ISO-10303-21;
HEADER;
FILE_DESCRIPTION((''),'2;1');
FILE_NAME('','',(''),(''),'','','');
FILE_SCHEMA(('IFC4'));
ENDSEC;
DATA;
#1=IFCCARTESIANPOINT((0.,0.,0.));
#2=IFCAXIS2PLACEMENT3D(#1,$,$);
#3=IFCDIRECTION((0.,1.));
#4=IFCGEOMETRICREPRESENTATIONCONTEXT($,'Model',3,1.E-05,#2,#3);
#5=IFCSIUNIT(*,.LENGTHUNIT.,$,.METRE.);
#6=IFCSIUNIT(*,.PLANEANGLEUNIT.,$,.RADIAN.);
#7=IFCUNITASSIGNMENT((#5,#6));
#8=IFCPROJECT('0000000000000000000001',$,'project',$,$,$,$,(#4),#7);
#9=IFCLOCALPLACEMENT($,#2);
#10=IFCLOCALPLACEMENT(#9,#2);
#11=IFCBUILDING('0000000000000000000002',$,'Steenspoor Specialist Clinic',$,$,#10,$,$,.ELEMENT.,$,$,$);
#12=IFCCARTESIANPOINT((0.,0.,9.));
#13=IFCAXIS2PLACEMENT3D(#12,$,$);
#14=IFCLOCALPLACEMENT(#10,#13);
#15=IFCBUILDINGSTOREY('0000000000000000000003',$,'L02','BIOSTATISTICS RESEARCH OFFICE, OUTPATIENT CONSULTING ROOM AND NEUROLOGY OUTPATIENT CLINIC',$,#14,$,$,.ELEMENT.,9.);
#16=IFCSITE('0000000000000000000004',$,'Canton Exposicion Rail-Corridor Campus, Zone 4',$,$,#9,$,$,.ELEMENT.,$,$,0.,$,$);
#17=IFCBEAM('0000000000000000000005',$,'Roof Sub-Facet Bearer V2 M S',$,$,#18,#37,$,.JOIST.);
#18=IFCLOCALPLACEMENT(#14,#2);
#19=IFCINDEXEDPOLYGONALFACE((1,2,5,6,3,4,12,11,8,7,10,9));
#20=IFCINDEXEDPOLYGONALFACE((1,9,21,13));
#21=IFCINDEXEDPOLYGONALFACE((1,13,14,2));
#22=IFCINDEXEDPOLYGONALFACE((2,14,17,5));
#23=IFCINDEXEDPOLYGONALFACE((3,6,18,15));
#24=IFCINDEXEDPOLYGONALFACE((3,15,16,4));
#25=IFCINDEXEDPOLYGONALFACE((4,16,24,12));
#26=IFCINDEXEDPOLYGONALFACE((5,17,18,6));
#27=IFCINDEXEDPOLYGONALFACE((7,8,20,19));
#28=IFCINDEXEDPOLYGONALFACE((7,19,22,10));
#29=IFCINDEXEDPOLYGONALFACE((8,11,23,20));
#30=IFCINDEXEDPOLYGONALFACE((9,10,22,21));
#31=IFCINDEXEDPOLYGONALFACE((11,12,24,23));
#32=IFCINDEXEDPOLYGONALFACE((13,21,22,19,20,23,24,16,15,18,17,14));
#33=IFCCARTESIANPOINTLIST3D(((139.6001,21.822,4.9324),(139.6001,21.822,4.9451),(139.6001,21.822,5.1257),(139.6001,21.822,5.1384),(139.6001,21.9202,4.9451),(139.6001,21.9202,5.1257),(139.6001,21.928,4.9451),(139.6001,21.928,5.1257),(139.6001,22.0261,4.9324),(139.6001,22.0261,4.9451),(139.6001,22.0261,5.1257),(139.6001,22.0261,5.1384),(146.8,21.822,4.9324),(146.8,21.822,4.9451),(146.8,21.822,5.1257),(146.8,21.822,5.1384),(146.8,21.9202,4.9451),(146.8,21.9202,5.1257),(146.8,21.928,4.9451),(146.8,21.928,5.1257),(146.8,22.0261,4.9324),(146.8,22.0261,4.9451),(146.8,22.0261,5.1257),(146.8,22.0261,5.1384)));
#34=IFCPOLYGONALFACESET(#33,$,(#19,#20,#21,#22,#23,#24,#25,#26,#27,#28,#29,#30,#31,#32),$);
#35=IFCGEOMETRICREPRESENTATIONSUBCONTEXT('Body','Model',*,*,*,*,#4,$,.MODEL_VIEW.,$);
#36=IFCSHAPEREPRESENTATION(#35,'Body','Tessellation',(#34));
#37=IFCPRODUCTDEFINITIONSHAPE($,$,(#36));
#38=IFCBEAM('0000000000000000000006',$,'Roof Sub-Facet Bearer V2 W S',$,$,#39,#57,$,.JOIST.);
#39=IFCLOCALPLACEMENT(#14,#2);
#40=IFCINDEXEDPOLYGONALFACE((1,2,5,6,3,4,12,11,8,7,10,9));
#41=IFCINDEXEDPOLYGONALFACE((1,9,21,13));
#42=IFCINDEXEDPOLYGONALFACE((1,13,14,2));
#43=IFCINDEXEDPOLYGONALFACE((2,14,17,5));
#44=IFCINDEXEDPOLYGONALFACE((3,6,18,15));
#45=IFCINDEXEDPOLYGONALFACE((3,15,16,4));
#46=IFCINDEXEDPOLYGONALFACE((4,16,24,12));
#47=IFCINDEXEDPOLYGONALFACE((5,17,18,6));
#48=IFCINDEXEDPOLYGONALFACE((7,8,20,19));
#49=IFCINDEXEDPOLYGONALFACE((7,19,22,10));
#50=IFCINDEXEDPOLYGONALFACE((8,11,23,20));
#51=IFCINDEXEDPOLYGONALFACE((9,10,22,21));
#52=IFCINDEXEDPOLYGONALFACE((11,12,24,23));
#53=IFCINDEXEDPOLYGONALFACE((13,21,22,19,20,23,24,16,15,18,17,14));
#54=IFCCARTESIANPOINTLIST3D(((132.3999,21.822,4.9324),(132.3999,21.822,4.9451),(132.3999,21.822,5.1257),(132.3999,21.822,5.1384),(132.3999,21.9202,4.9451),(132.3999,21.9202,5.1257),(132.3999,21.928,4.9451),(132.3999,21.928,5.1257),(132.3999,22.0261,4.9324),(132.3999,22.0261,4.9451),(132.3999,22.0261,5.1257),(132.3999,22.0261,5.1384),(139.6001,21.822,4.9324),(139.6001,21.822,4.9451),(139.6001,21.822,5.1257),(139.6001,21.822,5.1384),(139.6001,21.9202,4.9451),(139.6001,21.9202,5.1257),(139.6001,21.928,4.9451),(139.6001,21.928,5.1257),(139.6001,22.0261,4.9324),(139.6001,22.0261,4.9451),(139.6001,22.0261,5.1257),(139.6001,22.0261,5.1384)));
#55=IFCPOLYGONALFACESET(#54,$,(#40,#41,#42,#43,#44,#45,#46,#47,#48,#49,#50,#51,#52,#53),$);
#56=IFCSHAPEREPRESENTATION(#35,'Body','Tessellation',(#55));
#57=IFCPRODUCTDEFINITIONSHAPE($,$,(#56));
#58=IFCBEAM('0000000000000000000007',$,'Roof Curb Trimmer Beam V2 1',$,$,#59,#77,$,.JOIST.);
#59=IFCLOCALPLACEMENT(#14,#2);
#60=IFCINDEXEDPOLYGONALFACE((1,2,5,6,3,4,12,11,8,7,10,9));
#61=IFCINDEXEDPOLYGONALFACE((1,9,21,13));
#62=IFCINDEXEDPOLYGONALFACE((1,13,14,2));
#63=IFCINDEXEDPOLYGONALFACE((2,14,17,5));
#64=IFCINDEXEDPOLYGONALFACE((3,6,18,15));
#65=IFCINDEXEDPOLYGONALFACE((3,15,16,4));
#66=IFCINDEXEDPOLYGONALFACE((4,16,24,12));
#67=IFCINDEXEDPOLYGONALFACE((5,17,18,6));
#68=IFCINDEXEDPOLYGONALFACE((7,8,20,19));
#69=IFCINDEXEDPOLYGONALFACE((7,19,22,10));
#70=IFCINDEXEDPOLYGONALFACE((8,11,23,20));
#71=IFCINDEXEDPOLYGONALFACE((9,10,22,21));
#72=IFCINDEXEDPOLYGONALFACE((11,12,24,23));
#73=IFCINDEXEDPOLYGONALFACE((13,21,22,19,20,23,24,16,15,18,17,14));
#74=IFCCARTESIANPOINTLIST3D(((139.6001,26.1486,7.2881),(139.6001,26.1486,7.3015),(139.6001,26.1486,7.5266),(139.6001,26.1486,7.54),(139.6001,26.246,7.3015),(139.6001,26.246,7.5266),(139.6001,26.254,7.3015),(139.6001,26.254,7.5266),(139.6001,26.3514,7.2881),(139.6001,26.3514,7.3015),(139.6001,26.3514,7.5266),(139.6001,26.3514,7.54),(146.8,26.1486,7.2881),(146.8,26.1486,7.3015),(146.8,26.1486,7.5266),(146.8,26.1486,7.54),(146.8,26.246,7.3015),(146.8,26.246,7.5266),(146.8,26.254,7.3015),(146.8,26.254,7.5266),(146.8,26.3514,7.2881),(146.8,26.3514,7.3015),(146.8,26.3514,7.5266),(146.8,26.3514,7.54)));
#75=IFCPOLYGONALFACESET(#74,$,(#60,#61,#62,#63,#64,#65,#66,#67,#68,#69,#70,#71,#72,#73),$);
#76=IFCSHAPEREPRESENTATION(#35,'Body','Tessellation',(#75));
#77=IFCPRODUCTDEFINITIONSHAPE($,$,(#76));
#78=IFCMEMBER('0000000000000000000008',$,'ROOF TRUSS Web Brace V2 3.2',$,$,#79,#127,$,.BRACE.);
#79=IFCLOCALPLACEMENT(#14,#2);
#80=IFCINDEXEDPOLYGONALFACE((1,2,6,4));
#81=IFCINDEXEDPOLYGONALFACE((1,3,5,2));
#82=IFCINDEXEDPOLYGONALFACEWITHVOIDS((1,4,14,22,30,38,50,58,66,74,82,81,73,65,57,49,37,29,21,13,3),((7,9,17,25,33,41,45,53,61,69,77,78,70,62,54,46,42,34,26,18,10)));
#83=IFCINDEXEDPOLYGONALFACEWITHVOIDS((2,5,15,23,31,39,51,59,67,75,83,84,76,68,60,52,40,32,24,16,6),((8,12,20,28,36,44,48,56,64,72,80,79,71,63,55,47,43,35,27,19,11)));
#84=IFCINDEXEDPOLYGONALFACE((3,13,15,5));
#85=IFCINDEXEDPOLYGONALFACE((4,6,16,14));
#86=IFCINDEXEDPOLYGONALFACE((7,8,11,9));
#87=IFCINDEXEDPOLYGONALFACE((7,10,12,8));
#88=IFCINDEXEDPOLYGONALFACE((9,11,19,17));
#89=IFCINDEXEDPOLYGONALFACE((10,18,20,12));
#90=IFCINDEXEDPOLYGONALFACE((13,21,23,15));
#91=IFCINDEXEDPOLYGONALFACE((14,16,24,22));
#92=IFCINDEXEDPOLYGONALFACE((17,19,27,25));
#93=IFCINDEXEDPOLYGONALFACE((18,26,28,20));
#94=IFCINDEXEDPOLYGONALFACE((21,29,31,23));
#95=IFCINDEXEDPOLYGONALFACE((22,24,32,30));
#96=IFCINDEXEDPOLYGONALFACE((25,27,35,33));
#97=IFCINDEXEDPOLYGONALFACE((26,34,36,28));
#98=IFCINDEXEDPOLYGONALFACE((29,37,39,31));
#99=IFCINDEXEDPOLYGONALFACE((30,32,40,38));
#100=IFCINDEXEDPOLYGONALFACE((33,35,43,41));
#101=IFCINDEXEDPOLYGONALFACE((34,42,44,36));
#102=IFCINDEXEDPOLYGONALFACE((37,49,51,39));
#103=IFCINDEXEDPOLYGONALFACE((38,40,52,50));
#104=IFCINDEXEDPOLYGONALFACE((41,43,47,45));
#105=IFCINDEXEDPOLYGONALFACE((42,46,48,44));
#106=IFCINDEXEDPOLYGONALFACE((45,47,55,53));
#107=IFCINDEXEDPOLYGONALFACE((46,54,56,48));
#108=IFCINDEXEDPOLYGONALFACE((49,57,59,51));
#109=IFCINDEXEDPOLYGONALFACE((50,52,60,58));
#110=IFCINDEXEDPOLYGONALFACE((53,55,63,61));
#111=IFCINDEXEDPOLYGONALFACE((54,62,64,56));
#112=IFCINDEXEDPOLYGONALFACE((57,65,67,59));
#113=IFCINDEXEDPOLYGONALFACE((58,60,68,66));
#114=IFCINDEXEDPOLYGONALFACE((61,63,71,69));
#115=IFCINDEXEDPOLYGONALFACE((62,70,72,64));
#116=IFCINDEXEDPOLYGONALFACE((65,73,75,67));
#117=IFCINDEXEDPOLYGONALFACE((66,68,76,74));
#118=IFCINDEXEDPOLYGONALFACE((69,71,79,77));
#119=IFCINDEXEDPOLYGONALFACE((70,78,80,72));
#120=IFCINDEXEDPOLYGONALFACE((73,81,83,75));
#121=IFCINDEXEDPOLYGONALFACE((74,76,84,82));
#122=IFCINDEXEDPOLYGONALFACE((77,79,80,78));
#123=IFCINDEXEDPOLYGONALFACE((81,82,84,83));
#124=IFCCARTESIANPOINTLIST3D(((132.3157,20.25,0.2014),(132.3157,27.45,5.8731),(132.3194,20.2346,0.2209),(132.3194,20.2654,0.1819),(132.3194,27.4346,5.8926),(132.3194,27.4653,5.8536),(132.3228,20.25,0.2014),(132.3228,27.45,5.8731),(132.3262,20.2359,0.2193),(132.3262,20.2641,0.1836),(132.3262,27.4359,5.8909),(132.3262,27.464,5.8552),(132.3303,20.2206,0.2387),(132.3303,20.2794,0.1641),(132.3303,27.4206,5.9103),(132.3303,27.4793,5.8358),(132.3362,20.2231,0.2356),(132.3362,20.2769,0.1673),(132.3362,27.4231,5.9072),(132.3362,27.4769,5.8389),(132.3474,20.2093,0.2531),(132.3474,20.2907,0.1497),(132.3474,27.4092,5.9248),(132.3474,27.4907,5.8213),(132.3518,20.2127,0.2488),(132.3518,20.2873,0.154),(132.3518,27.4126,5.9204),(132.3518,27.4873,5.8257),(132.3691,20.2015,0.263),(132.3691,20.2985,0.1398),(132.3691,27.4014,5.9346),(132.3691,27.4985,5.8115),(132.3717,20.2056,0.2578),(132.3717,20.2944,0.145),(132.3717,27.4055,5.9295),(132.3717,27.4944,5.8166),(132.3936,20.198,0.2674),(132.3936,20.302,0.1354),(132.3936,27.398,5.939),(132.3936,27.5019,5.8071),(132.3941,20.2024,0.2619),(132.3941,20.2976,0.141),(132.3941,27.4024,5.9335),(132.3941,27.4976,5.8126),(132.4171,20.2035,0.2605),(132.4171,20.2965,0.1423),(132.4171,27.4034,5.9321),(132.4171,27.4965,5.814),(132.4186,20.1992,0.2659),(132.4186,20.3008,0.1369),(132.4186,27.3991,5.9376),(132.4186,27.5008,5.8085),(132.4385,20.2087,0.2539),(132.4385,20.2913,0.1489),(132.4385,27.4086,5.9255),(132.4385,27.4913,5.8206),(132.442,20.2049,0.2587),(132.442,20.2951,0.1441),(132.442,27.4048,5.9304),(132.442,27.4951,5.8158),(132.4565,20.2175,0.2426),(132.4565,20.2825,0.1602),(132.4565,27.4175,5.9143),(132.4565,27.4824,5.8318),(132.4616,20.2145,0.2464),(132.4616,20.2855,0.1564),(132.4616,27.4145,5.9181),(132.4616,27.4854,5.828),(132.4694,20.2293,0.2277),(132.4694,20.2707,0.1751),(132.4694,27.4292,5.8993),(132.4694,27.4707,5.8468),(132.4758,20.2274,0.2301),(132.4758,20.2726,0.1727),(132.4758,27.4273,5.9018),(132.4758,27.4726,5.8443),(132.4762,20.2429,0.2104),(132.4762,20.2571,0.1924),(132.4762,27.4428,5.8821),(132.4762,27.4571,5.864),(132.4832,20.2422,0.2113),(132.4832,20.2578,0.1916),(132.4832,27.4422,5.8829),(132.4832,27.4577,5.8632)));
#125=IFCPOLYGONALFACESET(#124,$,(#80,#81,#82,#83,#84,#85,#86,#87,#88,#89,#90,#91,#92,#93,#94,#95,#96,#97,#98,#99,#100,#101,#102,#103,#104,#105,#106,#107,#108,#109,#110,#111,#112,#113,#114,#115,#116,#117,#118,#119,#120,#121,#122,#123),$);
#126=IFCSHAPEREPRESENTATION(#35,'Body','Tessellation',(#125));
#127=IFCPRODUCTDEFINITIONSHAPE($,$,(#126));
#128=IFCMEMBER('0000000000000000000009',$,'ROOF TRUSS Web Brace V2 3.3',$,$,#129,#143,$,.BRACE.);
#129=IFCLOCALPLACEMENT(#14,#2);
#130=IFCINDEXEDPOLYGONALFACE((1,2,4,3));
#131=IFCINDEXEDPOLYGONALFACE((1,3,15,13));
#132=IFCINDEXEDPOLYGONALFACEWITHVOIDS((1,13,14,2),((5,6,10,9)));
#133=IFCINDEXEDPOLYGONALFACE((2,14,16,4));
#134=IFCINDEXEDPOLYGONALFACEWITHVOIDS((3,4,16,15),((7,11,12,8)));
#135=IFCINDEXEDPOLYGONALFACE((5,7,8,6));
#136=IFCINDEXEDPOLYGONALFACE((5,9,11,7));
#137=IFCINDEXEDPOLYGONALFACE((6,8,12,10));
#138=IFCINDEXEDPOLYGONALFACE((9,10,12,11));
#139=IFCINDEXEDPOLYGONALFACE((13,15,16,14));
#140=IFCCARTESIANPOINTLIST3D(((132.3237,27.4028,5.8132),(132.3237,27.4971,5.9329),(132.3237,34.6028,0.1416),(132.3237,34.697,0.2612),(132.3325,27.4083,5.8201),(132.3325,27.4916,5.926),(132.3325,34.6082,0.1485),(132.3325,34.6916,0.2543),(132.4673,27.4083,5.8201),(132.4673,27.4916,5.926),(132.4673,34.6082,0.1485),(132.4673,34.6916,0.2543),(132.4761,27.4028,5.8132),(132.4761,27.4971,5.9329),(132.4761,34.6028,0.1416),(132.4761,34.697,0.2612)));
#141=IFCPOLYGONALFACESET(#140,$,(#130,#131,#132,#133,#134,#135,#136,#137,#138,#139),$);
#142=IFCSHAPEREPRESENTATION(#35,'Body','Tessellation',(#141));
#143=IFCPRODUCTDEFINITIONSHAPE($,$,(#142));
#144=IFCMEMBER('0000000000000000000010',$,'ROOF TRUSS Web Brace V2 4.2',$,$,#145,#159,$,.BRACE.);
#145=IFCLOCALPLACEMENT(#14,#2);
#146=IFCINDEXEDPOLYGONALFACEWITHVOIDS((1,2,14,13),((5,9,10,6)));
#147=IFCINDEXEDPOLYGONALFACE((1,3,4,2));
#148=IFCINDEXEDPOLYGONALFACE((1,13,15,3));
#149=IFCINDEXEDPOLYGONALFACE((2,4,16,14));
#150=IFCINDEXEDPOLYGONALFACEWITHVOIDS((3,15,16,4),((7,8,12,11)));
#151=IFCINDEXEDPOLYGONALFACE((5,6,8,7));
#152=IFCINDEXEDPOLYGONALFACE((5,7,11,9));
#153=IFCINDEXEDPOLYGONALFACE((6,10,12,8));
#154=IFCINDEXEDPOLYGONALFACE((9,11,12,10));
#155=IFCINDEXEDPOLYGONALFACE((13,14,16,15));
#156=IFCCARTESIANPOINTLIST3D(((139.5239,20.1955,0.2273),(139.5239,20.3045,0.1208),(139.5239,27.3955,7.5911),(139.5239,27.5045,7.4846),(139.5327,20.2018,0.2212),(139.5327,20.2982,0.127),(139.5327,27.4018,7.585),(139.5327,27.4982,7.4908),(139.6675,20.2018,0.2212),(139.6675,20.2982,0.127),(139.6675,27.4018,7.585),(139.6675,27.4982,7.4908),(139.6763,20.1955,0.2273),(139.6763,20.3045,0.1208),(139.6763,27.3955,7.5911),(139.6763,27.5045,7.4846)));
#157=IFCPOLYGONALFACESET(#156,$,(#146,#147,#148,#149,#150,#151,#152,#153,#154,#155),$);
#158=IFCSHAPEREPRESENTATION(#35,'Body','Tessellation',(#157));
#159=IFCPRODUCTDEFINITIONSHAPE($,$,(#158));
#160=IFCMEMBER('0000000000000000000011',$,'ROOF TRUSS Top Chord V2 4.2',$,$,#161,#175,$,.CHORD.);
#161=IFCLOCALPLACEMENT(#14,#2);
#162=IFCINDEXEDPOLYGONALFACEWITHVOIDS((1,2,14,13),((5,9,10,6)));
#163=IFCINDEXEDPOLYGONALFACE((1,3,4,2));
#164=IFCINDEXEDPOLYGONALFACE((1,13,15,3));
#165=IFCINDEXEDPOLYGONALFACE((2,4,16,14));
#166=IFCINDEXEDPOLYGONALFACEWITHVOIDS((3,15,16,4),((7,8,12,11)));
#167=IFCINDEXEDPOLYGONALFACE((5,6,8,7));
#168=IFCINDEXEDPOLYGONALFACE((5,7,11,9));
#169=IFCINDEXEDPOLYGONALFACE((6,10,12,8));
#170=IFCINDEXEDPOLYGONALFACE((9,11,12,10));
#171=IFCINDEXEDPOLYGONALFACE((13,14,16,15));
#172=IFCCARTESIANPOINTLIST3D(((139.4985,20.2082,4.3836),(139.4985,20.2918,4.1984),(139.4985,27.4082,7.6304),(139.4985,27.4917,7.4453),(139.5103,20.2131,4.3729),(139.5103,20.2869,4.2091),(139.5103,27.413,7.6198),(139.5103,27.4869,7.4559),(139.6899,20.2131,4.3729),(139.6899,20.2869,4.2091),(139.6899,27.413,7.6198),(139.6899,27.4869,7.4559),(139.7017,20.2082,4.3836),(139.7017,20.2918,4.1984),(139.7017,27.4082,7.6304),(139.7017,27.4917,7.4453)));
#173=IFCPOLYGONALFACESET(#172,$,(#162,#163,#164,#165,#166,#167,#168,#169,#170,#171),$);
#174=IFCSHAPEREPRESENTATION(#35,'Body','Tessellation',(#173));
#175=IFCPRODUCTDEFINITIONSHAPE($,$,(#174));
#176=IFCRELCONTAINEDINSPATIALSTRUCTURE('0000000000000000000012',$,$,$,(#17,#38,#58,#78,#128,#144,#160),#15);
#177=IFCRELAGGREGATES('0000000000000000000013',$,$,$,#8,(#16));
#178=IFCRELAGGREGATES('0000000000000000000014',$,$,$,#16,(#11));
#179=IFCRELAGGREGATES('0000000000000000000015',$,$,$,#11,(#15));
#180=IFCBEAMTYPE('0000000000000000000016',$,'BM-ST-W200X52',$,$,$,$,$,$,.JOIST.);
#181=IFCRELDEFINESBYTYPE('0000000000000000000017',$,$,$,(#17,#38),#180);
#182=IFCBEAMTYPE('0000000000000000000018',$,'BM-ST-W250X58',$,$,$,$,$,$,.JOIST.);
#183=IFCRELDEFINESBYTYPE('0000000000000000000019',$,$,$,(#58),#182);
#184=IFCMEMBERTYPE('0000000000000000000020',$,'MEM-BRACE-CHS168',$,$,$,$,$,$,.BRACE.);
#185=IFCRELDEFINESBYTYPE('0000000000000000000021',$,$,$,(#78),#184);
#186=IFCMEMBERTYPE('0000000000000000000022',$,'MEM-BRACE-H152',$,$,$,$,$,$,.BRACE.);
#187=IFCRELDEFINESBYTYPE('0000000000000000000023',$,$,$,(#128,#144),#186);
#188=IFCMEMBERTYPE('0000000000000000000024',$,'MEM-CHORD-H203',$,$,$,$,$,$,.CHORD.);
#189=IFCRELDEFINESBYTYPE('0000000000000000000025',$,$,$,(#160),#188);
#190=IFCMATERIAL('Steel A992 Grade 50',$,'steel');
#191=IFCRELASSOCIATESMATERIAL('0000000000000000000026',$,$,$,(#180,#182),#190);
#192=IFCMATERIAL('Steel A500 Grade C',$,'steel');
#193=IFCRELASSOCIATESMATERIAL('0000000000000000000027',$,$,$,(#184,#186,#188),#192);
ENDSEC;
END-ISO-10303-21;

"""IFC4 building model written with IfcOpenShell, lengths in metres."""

from ifc_helpers import new_model, si_unit, direction, frame, origin, origin_2d, place, context, subcontext, project, spatial, hollow_rectangle, hollow_circle, i_section, extrude, material, material_profile, profile_set, type_object, element, save


model = new_model("IFC4")

# Units and contexts
model_context = context("Model", 3, precision=1e-05, world=origin(), true_north=direction((0.0, 1.0)))
body_context = subcontext(model_context, "Body", "Model", "MODEL_VIEW")
ifc_project = project(units=[si_unit("LENGTHUNIT", "METRE"), si_unit("PLANEANGLEUNIT", "RADIAN")], contexts=[model_context])

# Site, building, storey
site_placement = place(None, origin())
site = spatial("IfcSite", under=ifc_project, at=site_placement, Name="Canton Exposicion Rail-Corridor Campus, Zone 4", CompositionType="ELEMENT", RefElevation=0.0)
building_placement = place(site_placement, origin())
building = spatial("IfcBuilding", under=site, at=building_placement, Name="Steenspoor Specialist Clinic", CompositionType="ELEMENT")
storey_placement = place(building_placement, frame((0.0, 0.0, 9.0)))
storey = spatial("IfcBuildingStorey", under=building, at=storey_placement, Name="L02", Description="BIOSTATISTICS RESEARCH OFFICE, OUTPATIENT CONSULTING ROOM AND NEUROLOGY OUTPATIENT CLINIC", CompositionType="ELEMENT", Elevation=9.0)

# Beams
ifc_material_1 = material(Name="Steel A992 Grade 50", Category="steel")
ifc_material_profile_1 = material_profile(ifc_material_1, i_section(OverallWidth=0.2041, OverallDepth=0.2061, WebThickness=0.0078, FlangeThickness=0.0127, at=origin_2d()), Name="W200X52")
ifc_profile_set_1 = profile_set([ifc_material_profile_1], Name="Steel A992 Grade 50")
beam_type_1 = type_object("IfcBeamType", Name="BM-ST-W200X52", PredefinedType="JOIST", material=ifc_profile_set_1)
beam_1_placement = place(storey_placement, frame((139.6001, 21.9241, 5.0354), z_axis=(1.0, 0.0, 0.0), x_axis=(0.0, 1.0, 0.0)))
element("IfcBeam", 1, at=beam_1_placement, inside=storey, type_object=beam_type_1, Name="Roof Sub-Facet Bearer V2 M S", PredefinedType="JOIST", context=body_context, shape_type="SweptSolid", body=[
    extrude(i_section(OverallWidth=0.2041, OverallDepth=0.2061, WebThickness=0.0078, FlangeThickness=0.0127, at=origin_2d()), origin(), (0.0, 0.0, 1.0), 7.2),
])
beam_2_placement = place(storey_placement, frame((132.3999, 21.9241, 5.0354), z_axis=(1.0, 0.0, 0.0), x_axis=(0.0, 1.0, 0.0)))
element("IfcBeam", 2, at=beam_2_placement, inside=storey, type_object=beam_type_1, Name="Roof Sub-Facet Bearer V2 W S", PredefinedType="JOIST", context=body_context, shape_type="SweptSolid", body=[
    extrude(i_section(OverallWidth=0.2041, OverallDepth=0.2061, WebThickness=0.0078, FlangeThickness=0.0127, at=origin_2d()), origin(), (0.0, 0.0, 1.0), 7.2002),
])
ifc_material_profile_2 = material_profile(ifc_material_1, i_section(OverallWidth=0.2029, OverallDepth=0.252, WebThickness=0.0081, FlangeThickness=0.0134, at=origin_2d()), Name="W250X58")
ifc_profile_set_2 = profile_set([ifc_material_profile_2], Name="Steel A992 Grade 50")
beam_type_2 = type_object("IfcBeamType", Name="BM-ST-W250X58", PredefinedType="JOIST", material=ifc_profile_set_2)
beam_3_placement = place(storey_placement, frame((139.6001, 26.25, 7.4141), z_axis=(1.0, 0.0, 0.0), x_axis=(0.0, 1.0, 0.0)))
element("IfcBeam", 3, at=beam_3_placement, inside=storey, type_object=beam_type_2, Name="Roof Curb Trimmer Beam V2 1", PredefinedType="JOIST", context=body_context, shape_type="SweptSolid", body=[
    extrude(i_section(OverallWidth=0.2029, OverallDepth=0.252, WebThickness=0.0081, FlangeThickness=0.0134, at=origin_2d()), origin(), (0.0, 0.0, 1.0), 7.2),
])

# Members
ifc_material_2 = material(Name="Steel A500 Grade C", Category="steel")
ifc_material_profile_3 = material_profile(ifc_material_2, hollow_circle(Radius=0.0842, WallThickness=0.0071, at=origin_2d()), Name="CHS168X7.1")
ifc_profile_set_3 = profile_set([ifc_material_profile_3], Name="Steel A500 Grade C")
member_type_1 = type_object("IfcMemberType", Name="MEM-BRACE-CHS168", PredefinedType="BRACE", material=ifc_profile_set_3)
member_1_placement = place(storey_placement, frame((132.3999, 20.25, 0.2014), z_axis=(0.0, 0.785548, 0.618801), x_axis=(-1.0, 0.0, 0.0)))
element("IfcMember", 4, at=member_1_placement, inside=storey, type_object=member_type_1, Name="ROOF TRUSS Web Brace V2 3.2", PredefinedType="BRACE", context=body_context, shape_type="SweptSolid", body=[
    extrude(hollow_circle(Radius=0.0842, WallThickness=0.0071, at=origin_2d()), origin(), (0.0, 0.0, 1.0), 9.1655),
])
ifc_material_profile_4 = material_profile(ifc_material_2, hollow_rectangle(XDim=0.1523, YDim=0.1523, WallThickness=0.0088, at=origin_2d()), Name="HSS152X152X9.5")
ifc_profile_set_4 = profile_set([ifc_material_profile_4], Name="Steel A500 Grade C")
member_type_2 = type_object("IfcMemberType", Name="MEM-BRACE-H152", PredefinedType="BRACE", material=ifc_profile_set_4)
member_2_placement = place(storey_placement, frame((132.3999, 27.45, 5.873), z_axis=(0.0, 0.785548, -0.618801), x_axis=(-1.0, 0.0, 0.0)))
element("IfcMember", 5, at=member_2_placement, inside=storey, type_object=member_type_2, Name="ROOF TRUSS Web Brace V2 3.3", PredefinedType="BRACE", context=body_context, shape_type="SweptSolid", body=[
    extrude(hollow_rectangle(XDim=0.1523, YDim=0.1523, WallThickness=0.0088, at=origin_2d()), origin(), (0.0, 0.0, 1.0), 9.1655),
])
member_3_placement = place(storey_placement, frame((139.6001, 20.25, 0.1741), z_axis=(0.0, 0.699109, 0.715015), x_axis=(-1.0, 0.0, 0.0)))
element("IfcMember", 6, at=member_3_placement, inside=storey, type_object=member_type_2, Name="ROOF TRUSS Web Brace V2 4.2", PredefinedType="BRACE", context=body_context, shape_type="SweptSolid", body=[
    extrude(hollow_rectangle(XDim=0.1523, YDim=0.1523, WallThickness=0.0088, at=origin_2d()), origin(), (0.0, 0.0, 1.0), 10.2988),
])
ifc_material_profile_5 = material_profile(ifc_material_2, hollow_rectangle(XDim=0.2031, YDim=0.2031, WallThickness=0.0117, at=origin_2d()), Name="HSS203X203X12.7")
ifc_profile_set_5 = profile_set([ifc_material_profile_5], Name="Steel A500 Grade C")
member_type_3 = type_object("IfcMemberType", Name="MEM-CHORD-H203", PredefinedType="CHORD", material=ifc_profile_set_5)
member_4_placement = place(storey_placement, frame((139.6001, 20.25, 4.291), z_axis=(0.0, 0.911597, 0.411086), x_axis=(-1.0, 0.0, 0.0)))
element("IfcMember", 7, at=member_4_placement, inside=storey, type_object=member_type_3, Name="ROOF TRUSS Top Chord V2 4.2", PredefinedType="CHORD", context=body_context, shape_type="SweptSolid", body=[
    extrude(hollow_rectangle(XDim=0.2031, YDim=0.2031, WallThickness=0.0117, at=origin_2d()), origin(), (0.0, 0.0, 1.0), 7.8982),
])

save(model, "model.ifc")
